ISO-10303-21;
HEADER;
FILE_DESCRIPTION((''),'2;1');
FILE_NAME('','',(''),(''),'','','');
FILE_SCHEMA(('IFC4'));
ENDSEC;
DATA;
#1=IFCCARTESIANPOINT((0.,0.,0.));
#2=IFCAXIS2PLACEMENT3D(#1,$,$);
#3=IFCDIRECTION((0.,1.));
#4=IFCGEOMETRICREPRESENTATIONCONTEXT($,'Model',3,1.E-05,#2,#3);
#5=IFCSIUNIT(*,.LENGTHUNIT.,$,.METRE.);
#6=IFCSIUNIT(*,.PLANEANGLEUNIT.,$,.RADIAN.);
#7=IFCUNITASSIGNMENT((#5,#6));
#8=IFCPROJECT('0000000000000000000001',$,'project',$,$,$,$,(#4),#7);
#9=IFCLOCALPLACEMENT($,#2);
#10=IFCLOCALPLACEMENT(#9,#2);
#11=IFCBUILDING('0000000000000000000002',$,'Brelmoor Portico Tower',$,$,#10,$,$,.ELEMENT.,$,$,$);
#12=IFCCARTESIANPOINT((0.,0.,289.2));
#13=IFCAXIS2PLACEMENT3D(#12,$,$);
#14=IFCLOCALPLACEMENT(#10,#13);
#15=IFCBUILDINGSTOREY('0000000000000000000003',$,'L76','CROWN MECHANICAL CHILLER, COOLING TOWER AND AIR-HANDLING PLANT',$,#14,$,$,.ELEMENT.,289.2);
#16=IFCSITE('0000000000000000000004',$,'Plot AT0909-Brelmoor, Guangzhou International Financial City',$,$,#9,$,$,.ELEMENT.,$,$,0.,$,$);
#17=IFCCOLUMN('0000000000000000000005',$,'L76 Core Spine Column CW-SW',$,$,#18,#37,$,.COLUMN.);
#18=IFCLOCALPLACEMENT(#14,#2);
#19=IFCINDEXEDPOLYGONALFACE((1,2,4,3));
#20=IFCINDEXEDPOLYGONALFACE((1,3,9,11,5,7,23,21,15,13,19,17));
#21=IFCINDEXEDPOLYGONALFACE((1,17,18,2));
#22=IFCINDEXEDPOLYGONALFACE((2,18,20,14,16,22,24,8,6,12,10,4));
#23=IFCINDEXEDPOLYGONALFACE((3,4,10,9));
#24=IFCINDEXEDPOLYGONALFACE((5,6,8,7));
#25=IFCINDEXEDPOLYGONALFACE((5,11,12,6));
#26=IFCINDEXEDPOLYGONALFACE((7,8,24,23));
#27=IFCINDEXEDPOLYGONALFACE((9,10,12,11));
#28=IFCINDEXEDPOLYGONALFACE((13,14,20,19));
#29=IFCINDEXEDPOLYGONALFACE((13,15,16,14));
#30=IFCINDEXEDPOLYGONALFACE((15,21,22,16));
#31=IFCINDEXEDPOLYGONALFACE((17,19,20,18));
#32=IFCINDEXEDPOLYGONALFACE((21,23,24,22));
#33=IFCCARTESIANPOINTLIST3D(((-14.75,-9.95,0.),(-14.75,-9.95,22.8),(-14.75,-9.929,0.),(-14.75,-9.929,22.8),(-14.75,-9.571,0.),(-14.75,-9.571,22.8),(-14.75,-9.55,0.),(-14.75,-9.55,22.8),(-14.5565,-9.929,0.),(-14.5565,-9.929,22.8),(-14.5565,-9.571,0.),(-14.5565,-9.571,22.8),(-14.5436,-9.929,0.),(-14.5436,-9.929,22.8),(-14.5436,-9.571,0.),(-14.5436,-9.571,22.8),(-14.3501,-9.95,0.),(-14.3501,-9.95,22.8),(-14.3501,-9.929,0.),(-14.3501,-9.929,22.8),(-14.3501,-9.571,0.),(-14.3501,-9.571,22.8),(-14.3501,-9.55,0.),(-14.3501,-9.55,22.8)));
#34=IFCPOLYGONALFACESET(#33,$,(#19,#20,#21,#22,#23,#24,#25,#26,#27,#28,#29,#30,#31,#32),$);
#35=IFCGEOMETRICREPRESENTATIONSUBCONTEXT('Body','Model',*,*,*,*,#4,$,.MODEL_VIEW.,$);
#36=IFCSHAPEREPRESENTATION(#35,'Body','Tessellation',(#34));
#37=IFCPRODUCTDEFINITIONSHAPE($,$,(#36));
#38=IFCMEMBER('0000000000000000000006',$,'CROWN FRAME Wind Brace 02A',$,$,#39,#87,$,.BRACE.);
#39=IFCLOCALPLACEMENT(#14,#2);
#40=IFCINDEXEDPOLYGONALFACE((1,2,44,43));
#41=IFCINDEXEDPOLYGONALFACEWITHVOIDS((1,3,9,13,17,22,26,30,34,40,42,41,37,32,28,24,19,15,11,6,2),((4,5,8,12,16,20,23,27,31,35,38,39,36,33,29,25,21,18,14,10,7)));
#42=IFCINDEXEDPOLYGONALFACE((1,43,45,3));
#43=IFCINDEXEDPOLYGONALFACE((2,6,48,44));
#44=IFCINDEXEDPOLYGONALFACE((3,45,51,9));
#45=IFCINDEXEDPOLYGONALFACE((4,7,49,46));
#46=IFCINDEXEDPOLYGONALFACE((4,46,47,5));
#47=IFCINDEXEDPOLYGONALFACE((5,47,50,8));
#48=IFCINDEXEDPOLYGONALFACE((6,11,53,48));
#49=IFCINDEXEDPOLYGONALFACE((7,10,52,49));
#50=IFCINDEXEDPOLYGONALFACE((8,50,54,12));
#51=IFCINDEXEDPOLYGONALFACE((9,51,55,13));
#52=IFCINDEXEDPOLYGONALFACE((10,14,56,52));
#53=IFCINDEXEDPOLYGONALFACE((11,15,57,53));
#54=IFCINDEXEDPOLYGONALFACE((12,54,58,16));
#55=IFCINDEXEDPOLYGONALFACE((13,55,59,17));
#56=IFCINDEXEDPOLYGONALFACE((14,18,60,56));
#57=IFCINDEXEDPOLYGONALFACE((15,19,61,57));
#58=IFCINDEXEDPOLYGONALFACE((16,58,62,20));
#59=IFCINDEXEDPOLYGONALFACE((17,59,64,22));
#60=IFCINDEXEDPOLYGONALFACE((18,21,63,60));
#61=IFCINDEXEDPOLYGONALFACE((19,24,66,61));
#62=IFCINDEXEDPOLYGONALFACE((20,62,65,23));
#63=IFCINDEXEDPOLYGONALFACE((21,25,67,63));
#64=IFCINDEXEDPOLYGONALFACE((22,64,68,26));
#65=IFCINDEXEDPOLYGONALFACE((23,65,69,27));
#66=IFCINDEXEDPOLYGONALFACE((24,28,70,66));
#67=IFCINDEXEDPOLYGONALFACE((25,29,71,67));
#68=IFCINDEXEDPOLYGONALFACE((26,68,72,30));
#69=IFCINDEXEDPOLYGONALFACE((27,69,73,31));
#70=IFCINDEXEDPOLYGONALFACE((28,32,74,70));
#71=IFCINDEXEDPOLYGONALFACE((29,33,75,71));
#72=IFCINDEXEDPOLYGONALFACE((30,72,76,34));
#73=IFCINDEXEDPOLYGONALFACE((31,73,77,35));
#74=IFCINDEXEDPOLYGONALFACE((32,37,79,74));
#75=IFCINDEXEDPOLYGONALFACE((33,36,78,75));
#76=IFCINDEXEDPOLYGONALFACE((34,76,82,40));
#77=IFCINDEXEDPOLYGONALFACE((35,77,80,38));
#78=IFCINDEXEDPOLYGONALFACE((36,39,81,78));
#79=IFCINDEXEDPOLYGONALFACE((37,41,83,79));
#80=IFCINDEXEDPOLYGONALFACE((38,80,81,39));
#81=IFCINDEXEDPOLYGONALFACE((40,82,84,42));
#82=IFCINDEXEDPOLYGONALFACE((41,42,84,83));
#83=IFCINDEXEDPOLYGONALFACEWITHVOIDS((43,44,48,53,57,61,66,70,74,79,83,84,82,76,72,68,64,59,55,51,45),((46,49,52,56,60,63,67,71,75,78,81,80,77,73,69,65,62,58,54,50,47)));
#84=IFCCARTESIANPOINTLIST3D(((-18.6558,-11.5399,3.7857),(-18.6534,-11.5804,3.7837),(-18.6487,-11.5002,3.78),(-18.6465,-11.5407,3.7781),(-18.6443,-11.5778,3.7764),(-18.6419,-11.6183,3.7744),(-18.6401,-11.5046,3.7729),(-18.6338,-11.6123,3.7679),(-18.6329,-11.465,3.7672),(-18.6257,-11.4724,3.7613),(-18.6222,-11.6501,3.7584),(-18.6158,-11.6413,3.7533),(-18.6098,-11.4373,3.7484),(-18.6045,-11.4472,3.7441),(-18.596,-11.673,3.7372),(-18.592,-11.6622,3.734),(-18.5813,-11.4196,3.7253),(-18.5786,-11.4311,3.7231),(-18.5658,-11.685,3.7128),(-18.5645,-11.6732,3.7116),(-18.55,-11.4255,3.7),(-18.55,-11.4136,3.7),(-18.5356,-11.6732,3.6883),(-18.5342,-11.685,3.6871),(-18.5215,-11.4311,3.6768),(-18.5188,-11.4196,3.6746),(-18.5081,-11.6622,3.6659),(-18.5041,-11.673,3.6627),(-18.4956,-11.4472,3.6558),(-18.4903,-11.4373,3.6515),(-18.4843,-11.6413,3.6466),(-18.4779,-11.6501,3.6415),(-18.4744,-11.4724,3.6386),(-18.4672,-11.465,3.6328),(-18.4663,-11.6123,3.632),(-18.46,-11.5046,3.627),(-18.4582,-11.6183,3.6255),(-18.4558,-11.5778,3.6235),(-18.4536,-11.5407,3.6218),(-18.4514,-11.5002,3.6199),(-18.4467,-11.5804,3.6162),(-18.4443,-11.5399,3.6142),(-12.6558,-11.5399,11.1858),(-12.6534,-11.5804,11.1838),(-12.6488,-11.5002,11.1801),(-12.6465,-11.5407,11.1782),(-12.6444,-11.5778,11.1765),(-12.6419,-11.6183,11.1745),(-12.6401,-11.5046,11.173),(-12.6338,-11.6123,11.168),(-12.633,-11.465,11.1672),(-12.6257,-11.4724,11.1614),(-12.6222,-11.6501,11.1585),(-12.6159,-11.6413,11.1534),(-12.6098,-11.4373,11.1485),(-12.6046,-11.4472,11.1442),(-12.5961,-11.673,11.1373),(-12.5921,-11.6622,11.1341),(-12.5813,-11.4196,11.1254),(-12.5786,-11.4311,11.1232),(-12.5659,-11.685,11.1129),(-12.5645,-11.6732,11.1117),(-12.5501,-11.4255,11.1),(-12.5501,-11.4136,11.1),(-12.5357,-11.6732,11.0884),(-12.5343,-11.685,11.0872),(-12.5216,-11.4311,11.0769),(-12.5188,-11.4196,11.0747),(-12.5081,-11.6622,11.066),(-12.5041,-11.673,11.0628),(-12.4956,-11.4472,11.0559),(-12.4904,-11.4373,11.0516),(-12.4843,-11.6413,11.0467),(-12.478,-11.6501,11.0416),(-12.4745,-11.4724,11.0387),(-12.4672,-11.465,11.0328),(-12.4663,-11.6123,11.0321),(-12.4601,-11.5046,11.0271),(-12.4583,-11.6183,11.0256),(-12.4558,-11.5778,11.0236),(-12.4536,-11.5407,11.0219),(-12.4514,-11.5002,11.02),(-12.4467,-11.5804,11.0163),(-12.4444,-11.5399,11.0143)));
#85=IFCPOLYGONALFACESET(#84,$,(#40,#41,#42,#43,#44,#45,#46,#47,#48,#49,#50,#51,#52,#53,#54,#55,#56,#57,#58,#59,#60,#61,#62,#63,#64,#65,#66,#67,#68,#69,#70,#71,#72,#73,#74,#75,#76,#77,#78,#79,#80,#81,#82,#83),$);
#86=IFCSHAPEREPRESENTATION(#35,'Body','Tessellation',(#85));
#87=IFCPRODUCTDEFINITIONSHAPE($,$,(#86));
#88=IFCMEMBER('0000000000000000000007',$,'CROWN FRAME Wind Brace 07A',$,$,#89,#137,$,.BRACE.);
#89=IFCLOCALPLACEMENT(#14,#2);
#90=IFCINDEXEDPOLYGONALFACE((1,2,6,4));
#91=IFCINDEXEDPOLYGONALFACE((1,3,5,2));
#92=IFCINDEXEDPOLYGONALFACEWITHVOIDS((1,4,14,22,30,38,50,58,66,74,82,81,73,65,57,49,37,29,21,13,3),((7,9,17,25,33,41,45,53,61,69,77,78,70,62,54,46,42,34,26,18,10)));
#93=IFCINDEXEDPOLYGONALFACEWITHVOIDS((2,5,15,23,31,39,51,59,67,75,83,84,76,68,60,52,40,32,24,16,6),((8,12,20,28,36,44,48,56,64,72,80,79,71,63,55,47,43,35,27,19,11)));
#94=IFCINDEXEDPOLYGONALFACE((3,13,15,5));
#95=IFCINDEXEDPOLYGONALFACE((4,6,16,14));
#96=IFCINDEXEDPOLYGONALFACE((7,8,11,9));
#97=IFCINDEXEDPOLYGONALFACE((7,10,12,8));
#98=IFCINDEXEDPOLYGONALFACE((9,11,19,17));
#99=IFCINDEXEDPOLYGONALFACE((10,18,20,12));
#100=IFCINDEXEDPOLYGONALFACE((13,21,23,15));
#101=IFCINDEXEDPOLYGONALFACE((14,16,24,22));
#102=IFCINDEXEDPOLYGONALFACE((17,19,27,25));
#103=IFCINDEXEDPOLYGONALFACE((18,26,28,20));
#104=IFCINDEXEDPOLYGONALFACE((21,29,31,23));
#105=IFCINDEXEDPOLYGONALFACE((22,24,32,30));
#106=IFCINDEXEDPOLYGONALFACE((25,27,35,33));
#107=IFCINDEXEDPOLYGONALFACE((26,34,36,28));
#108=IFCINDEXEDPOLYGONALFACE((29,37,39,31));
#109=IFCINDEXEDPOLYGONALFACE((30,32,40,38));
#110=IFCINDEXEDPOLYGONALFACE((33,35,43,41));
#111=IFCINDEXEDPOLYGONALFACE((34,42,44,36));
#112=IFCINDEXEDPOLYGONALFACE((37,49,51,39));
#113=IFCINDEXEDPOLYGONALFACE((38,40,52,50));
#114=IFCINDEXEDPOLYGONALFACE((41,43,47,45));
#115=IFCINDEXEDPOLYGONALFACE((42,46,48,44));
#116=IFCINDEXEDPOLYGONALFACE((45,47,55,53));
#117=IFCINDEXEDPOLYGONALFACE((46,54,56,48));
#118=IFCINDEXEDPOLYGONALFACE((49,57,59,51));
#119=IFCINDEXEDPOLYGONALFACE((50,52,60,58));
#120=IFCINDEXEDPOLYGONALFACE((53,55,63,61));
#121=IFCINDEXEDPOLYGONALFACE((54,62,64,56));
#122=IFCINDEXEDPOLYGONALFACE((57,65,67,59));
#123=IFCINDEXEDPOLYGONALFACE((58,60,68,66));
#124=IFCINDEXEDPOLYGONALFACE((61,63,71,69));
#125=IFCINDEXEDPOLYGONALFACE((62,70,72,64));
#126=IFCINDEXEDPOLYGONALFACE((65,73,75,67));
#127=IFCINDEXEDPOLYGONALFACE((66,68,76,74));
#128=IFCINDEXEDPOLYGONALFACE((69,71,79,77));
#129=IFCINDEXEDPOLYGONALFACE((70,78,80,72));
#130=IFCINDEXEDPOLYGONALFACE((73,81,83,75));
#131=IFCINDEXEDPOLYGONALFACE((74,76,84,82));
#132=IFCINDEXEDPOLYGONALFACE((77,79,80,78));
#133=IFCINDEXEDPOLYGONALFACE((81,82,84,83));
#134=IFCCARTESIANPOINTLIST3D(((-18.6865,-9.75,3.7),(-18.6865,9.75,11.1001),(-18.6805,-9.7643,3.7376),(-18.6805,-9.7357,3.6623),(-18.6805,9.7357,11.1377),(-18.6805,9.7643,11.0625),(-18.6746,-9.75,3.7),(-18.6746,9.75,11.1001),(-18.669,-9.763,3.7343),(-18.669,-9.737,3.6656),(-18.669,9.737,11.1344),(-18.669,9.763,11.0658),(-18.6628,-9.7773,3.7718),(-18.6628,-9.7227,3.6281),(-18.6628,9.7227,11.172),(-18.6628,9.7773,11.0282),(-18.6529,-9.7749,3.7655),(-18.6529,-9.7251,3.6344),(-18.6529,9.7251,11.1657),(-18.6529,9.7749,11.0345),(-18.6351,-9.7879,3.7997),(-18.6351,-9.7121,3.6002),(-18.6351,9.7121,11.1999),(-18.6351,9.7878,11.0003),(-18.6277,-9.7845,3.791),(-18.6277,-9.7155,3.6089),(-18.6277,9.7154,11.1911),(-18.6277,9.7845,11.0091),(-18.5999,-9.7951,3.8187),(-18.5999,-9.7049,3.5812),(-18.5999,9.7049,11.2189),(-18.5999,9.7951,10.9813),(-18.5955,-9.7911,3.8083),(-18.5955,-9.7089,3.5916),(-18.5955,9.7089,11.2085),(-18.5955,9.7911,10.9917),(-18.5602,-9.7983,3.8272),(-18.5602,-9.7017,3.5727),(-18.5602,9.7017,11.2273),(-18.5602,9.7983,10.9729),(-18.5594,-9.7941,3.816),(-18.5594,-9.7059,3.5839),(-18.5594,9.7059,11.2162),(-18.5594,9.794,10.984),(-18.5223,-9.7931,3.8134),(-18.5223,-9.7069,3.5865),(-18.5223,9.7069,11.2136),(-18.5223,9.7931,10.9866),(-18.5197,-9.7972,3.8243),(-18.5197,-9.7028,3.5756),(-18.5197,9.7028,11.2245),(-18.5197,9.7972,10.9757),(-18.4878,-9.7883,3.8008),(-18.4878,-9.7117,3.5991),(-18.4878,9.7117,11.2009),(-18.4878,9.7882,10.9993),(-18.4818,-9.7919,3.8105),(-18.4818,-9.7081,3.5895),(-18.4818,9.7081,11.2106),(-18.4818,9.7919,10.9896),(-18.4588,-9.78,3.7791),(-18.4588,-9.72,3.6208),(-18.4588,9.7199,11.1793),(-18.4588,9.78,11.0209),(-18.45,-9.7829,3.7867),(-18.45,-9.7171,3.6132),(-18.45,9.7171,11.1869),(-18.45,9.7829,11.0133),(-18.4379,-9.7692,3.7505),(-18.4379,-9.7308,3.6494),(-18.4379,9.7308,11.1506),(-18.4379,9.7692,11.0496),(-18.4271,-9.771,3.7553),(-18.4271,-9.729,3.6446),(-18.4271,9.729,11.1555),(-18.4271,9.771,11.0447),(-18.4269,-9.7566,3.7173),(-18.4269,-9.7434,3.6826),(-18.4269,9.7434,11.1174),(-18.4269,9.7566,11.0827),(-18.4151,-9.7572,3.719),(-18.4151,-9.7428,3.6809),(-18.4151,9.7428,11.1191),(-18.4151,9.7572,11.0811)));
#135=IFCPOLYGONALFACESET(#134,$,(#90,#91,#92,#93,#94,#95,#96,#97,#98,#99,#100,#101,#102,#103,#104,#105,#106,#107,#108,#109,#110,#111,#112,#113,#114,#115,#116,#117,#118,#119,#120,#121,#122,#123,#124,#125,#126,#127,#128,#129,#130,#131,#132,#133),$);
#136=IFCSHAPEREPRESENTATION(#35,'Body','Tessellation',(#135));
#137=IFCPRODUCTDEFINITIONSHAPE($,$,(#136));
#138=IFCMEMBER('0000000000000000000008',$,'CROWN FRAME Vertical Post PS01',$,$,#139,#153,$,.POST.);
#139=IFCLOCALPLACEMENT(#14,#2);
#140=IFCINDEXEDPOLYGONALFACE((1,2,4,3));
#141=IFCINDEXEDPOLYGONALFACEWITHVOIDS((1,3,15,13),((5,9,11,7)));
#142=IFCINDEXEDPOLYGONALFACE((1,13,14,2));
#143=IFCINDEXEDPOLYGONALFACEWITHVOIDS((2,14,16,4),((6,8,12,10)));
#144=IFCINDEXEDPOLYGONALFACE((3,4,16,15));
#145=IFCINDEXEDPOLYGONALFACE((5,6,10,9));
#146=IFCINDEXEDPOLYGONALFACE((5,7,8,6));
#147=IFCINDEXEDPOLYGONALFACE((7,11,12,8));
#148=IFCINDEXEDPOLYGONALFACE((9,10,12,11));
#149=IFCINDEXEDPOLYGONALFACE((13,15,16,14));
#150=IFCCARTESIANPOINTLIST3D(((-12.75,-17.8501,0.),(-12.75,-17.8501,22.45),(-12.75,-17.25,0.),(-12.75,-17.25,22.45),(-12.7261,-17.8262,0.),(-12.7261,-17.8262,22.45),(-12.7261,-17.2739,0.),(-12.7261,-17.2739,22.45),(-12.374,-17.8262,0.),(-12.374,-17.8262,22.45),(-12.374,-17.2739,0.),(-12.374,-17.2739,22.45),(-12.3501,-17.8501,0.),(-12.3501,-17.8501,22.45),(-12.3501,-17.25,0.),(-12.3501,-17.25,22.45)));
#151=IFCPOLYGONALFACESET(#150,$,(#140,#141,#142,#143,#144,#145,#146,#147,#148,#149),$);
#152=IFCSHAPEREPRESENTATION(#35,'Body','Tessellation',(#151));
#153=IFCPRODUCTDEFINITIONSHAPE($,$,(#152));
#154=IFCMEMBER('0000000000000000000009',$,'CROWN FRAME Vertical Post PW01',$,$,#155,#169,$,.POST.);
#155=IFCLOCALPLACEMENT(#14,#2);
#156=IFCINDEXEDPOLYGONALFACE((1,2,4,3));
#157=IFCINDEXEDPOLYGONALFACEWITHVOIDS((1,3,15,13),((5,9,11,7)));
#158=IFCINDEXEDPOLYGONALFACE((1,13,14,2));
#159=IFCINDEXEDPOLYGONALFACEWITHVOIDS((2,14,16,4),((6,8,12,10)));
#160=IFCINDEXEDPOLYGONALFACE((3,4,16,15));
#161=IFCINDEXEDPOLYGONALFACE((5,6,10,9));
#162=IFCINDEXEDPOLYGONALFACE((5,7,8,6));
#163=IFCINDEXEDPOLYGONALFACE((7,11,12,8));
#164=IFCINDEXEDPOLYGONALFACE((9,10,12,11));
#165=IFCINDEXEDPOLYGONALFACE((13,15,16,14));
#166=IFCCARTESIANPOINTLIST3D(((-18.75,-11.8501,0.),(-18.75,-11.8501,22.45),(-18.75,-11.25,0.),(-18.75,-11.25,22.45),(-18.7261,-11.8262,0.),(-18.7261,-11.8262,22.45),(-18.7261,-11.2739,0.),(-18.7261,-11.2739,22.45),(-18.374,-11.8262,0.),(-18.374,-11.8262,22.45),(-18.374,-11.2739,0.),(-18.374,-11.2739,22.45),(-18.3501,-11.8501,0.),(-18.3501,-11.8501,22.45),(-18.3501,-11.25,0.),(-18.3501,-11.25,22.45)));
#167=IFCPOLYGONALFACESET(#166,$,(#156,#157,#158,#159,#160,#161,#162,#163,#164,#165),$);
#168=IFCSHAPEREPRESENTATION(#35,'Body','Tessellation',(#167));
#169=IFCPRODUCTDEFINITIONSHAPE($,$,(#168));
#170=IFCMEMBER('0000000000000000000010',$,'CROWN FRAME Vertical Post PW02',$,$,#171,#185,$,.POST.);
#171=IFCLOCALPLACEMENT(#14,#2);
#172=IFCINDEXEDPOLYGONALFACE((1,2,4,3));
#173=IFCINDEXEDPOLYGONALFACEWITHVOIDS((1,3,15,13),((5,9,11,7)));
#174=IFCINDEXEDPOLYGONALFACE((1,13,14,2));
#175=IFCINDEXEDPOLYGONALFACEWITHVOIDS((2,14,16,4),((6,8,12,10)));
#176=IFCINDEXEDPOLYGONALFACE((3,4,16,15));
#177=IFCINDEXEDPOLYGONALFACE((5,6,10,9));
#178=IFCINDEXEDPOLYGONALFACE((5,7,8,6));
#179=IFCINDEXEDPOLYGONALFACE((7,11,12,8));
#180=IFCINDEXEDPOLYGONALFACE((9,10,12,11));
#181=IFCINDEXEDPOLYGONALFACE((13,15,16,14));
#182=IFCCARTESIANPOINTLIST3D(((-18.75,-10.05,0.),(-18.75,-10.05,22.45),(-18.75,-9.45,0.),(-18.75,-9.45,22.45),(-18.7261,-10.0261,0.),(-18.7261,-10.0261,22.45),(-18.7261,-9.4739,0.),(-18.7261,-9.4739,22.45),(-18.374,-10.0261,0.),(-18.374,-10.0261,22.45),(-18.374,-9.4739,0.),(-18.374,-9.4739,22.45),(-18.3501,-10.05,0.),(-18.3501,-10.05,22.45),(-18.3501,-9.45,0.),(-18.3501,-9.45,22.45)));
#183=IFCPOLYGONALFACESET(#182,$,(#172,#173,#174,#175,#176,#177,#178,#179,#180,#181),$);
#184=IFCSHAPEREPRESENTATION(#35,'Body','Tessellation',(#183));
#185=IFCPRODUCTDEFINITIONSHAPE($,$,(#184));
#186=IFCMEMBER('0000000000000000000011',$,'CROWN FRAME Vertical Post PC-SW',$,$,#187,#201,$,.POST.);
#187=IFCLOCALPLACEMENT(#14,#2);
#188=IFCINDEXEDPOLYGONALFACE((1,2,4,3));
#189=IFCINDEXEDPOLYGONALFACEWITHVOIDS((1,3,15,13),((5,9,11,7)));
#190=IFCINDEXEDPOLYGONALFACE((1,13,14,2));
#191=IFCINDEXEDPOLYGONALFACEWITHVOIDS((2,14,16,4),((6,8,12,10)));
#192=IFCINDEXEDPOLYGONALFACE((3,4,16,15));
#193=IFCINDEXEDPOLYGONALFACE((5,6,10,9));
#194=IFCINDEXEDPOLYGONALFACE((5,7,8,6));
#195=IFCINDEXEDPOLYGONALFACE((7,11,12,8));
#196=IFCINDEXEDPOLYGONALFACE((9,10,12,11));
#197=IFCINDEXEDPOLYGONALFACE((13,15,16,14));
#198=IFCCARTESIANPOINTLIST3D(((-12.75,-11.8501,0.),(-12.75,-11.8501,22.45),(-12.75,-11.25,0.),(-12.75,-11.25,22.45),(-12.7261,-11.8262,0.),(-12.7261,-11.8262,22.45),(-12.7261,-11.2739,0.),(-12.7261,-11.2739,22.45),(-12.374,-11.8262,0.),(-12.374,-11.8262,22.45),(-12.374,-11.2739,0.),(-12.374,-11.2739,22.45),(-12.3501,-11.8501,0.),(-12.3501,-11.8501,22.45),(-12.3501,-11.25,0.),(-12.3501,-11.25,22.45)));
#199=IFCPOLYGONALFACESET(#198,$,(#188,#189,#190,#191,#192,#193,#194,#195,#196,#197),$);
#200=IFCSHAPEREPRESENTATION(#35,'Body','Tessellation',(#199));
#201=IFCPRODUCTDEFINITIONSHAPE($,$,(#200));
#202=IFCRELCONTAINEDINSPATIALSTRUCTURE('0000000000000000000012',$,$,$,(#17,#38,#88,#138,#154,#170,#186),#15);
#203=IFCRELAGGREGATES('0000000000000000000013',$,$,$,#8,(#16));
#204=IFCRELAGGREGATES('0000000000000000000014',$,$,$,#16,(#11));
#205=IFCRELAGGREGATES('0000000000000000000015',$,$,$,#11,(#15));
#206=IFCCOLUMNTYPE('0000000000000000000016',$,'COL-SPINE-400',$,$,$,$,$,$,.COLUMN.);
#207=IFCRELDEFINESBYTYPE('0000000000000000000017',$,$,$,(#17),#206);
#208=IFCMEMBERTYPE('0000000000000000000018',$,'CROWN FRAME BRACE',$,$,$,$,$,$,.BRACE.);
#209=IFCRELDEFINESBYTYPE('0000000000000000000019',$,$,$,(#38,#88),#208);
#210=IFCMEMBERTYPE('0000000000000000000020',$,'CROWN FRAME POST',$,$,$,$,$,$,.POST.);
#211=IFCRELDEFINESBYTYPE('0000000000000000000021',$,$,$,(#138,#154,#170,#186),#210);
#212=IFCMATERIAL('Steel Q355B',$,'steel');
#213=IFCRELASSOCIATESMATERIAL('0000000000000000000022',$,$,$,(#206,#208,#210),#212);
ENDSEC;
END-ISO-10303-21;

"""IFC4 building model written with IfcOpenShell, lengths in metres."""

from ifc_helpers import new_model, si_unit, direction, frame, origin, origin_2d, place, context, subcontext, project, spatial, hollow_rectangle, hollow_circle, i_section, extrude, material, material_profile, profile_set, type_object, element, save


model = new_model("IFC4")

# Units and contexts
model_context = context("Model", 3, precision=1e-05, world=origin(), true_north=direction((0.0, 1.0)))
body_context = subcontext(model_context, "Body", "Model", "MODEL_VIEW")
ifc_project = project(units=[si_unit("LENGTHUNIT", "METRE"), si_unit("PLANEANGLEUNIT", "RADIAN")], contexts=[model_context])

# Site, building, storey
site_placement = place(None, origin())
site = spatial("IfcSite", under=ifc_project, at=site_placement, Name="Plot AT0909-Brelmoor, Guangzhou International Financial City", CompositionType="ELEMENT", RefElevation=0.0)
building_placement = place(site_placement, origin())
building = spatial("IfcBuilding", under=site, at=building_placement, Name="Brelmoor Portico Tower", CompositionType="ELEMENT")
storey_placement = place(building_placement, frame((0.0, 0.0, 289.2)))
storey = spatial("IfcBuildingStorey", under=building, at=storey_placement, Name="L76", Description="CROWN MECHANICAL CHILLER, COOLING TOWER AND AIR-HANDLING PLANT", CompositionType="ELEMENT", Elevation=289.2)

# Column
ifc_material_1 = material(Name="Steel Q355B", Category="steel")
ifc_material_profile_1 = material_profile(ifc_material_1, i_section(OverallWidth=0.3999, OverallDepth=0.3999, WebThickness=0.0129, FlangeThickness=0.021, at=origin_2d()), Name="HW 400x400x13x21")
ifc_profile_set_1 = profile_set([ifc_material_profile_1], Name="Steel Q355B")
column_type = type_object("IfcColumnType", Name="COL-SPINE-400", PredefinedType="COLUMN", material=ifc_profile_set_1)
column_placement = place(storey_placement, frame((-14.55, -9.75, 0.0), z_axis=(0.0, 0.0, 1.0), x_axis=(1.0, 0.0, 0.0)))
element("IfcColumn", 1, at=column_placement, inside=storey, type_object=column_type, Name="L76 Core Spine Column CW-SW", PredefinedType="COLUMN", context=body_context, shape_type="SweptSolid", body=[
    extrude(i_section(OverallWidth=0.3999, OverallDepth=0.3999, WebThickness=0.0129, FlangeThickness=0.021, at=origin_2d()), origin(), (0.0, 0.0, 1.0), 22.8),
])

# Members
ifc_material_profile_2 = material_profile(ifc_material_1, hollow_circle(Radius=0.1365, WallThickness=0.012, at=origin_2d()), Name="CHS 273x12")
ifc_profile_set_2 = profile_set([ifc_material_profile_2], Name="Steel Q355B")
member_type_1 = type_object("IfcMemberType", Name="CROWN FRAME BRACE", PredefinedType="BRACE", material=ifc_profile_set_2)
member_1_placement = place(storey_placement, frame((-18.55, -11.55, 3.7), z_axis=(0.629794, 0.0, 0.776762), x_axis=(0.0, 1.0, 0.0)))
element("IfcMember", 2, at=member_1_placement, inside=storey, type_object=member_type_1, Name="CROWN FRAME Wind Brace 02A", PredefinedType="BRACE", context=body_context, shape_type="SweptSolid", body=[
    extrude(hollow_circle(Radius=0.1365, WallThickness=0.012, at=origin_2d()), origin(), (0.0, 0.0, 1.0), 9.5269),
])
member_2_placement = place(storey_placement, frame((-18.55, -9.75, 3.7), z_axis=(0.0, 0.93494, 0.354805), x_axis=(-1.0, 0.0, 0.0)))
element("IfcMember", 3, at=member_2_placement, inside=storey, type_object=member_type_1, Name="CROWN FRAME Wind Brace 07A", PredefinedType="BRACE", context=body_context, shape_type="SweptSolid", body=[
    extrude(hollow_circle(Radius=0.1365, WallThickness=0.012, at=origin_2d()), origin(), (0.0, 0.0, 1.0), 20.8569),
])
ifc_material_profile_3 = material_profile(ifc_material_1, hollow_rectangle(XDim=0.3999, YDim=0.6001, WallThickness=0.0239, at=origin_2d()), Name="RHS 400x600x24")
ifc_profile_set_3 = profile_set([ifc_material_profile_3], Name="Steel Q355B")
member_type_2 = type_object("IfcMemberType", Name="CROWN FRAME POST", PredefinedType="POST", material=ifc_profile_set_3)
for number, where, z_axis, x_axis, name in (
    (4, (-12.55, -17.55, 0.0), (0.0, 0.0, 1.0), (1.0, 0.0, 0.0), "CROWN FRAME Vertical Post PS01"),
    (5, (-18.55, -11.55, 0.0), (0.0, 0.0, 1.0), (1.0, 0.0, 0.0), "CROWN FRAME Vertical Post PW01"),
    (6, (-18.55, -9.75, 0.0), (0.0, 0.0, 1.0), (1.0, 0.0, 0.0), "CROWN FRAME Vertical Post PW02"),
    (7, (-12.55, -11.55, 0.0), (0.0, 0.0, 1.0), (1.0, 0.0, 0.0), "CROWN FRAME Vertical Post PC-SW"),
):
    element("IfcMember", number, at=place(storey_placement, frame(where, z_axis=z_axis, x_axis=x_axis)), inside=storey, type_object=member_type_2, Name=name, PredefinedType="POST", context=body_context, shape_type="SweptSolid", body=[
        extrude(hollow_rectangle(XDim=0.3999, YDim=0.6001, WallThickness=0.0239, at=origin_2d()), origin(), (0.0, 0.0, 1.0), 22.45),
    ])

save(model, "model.ifc")
